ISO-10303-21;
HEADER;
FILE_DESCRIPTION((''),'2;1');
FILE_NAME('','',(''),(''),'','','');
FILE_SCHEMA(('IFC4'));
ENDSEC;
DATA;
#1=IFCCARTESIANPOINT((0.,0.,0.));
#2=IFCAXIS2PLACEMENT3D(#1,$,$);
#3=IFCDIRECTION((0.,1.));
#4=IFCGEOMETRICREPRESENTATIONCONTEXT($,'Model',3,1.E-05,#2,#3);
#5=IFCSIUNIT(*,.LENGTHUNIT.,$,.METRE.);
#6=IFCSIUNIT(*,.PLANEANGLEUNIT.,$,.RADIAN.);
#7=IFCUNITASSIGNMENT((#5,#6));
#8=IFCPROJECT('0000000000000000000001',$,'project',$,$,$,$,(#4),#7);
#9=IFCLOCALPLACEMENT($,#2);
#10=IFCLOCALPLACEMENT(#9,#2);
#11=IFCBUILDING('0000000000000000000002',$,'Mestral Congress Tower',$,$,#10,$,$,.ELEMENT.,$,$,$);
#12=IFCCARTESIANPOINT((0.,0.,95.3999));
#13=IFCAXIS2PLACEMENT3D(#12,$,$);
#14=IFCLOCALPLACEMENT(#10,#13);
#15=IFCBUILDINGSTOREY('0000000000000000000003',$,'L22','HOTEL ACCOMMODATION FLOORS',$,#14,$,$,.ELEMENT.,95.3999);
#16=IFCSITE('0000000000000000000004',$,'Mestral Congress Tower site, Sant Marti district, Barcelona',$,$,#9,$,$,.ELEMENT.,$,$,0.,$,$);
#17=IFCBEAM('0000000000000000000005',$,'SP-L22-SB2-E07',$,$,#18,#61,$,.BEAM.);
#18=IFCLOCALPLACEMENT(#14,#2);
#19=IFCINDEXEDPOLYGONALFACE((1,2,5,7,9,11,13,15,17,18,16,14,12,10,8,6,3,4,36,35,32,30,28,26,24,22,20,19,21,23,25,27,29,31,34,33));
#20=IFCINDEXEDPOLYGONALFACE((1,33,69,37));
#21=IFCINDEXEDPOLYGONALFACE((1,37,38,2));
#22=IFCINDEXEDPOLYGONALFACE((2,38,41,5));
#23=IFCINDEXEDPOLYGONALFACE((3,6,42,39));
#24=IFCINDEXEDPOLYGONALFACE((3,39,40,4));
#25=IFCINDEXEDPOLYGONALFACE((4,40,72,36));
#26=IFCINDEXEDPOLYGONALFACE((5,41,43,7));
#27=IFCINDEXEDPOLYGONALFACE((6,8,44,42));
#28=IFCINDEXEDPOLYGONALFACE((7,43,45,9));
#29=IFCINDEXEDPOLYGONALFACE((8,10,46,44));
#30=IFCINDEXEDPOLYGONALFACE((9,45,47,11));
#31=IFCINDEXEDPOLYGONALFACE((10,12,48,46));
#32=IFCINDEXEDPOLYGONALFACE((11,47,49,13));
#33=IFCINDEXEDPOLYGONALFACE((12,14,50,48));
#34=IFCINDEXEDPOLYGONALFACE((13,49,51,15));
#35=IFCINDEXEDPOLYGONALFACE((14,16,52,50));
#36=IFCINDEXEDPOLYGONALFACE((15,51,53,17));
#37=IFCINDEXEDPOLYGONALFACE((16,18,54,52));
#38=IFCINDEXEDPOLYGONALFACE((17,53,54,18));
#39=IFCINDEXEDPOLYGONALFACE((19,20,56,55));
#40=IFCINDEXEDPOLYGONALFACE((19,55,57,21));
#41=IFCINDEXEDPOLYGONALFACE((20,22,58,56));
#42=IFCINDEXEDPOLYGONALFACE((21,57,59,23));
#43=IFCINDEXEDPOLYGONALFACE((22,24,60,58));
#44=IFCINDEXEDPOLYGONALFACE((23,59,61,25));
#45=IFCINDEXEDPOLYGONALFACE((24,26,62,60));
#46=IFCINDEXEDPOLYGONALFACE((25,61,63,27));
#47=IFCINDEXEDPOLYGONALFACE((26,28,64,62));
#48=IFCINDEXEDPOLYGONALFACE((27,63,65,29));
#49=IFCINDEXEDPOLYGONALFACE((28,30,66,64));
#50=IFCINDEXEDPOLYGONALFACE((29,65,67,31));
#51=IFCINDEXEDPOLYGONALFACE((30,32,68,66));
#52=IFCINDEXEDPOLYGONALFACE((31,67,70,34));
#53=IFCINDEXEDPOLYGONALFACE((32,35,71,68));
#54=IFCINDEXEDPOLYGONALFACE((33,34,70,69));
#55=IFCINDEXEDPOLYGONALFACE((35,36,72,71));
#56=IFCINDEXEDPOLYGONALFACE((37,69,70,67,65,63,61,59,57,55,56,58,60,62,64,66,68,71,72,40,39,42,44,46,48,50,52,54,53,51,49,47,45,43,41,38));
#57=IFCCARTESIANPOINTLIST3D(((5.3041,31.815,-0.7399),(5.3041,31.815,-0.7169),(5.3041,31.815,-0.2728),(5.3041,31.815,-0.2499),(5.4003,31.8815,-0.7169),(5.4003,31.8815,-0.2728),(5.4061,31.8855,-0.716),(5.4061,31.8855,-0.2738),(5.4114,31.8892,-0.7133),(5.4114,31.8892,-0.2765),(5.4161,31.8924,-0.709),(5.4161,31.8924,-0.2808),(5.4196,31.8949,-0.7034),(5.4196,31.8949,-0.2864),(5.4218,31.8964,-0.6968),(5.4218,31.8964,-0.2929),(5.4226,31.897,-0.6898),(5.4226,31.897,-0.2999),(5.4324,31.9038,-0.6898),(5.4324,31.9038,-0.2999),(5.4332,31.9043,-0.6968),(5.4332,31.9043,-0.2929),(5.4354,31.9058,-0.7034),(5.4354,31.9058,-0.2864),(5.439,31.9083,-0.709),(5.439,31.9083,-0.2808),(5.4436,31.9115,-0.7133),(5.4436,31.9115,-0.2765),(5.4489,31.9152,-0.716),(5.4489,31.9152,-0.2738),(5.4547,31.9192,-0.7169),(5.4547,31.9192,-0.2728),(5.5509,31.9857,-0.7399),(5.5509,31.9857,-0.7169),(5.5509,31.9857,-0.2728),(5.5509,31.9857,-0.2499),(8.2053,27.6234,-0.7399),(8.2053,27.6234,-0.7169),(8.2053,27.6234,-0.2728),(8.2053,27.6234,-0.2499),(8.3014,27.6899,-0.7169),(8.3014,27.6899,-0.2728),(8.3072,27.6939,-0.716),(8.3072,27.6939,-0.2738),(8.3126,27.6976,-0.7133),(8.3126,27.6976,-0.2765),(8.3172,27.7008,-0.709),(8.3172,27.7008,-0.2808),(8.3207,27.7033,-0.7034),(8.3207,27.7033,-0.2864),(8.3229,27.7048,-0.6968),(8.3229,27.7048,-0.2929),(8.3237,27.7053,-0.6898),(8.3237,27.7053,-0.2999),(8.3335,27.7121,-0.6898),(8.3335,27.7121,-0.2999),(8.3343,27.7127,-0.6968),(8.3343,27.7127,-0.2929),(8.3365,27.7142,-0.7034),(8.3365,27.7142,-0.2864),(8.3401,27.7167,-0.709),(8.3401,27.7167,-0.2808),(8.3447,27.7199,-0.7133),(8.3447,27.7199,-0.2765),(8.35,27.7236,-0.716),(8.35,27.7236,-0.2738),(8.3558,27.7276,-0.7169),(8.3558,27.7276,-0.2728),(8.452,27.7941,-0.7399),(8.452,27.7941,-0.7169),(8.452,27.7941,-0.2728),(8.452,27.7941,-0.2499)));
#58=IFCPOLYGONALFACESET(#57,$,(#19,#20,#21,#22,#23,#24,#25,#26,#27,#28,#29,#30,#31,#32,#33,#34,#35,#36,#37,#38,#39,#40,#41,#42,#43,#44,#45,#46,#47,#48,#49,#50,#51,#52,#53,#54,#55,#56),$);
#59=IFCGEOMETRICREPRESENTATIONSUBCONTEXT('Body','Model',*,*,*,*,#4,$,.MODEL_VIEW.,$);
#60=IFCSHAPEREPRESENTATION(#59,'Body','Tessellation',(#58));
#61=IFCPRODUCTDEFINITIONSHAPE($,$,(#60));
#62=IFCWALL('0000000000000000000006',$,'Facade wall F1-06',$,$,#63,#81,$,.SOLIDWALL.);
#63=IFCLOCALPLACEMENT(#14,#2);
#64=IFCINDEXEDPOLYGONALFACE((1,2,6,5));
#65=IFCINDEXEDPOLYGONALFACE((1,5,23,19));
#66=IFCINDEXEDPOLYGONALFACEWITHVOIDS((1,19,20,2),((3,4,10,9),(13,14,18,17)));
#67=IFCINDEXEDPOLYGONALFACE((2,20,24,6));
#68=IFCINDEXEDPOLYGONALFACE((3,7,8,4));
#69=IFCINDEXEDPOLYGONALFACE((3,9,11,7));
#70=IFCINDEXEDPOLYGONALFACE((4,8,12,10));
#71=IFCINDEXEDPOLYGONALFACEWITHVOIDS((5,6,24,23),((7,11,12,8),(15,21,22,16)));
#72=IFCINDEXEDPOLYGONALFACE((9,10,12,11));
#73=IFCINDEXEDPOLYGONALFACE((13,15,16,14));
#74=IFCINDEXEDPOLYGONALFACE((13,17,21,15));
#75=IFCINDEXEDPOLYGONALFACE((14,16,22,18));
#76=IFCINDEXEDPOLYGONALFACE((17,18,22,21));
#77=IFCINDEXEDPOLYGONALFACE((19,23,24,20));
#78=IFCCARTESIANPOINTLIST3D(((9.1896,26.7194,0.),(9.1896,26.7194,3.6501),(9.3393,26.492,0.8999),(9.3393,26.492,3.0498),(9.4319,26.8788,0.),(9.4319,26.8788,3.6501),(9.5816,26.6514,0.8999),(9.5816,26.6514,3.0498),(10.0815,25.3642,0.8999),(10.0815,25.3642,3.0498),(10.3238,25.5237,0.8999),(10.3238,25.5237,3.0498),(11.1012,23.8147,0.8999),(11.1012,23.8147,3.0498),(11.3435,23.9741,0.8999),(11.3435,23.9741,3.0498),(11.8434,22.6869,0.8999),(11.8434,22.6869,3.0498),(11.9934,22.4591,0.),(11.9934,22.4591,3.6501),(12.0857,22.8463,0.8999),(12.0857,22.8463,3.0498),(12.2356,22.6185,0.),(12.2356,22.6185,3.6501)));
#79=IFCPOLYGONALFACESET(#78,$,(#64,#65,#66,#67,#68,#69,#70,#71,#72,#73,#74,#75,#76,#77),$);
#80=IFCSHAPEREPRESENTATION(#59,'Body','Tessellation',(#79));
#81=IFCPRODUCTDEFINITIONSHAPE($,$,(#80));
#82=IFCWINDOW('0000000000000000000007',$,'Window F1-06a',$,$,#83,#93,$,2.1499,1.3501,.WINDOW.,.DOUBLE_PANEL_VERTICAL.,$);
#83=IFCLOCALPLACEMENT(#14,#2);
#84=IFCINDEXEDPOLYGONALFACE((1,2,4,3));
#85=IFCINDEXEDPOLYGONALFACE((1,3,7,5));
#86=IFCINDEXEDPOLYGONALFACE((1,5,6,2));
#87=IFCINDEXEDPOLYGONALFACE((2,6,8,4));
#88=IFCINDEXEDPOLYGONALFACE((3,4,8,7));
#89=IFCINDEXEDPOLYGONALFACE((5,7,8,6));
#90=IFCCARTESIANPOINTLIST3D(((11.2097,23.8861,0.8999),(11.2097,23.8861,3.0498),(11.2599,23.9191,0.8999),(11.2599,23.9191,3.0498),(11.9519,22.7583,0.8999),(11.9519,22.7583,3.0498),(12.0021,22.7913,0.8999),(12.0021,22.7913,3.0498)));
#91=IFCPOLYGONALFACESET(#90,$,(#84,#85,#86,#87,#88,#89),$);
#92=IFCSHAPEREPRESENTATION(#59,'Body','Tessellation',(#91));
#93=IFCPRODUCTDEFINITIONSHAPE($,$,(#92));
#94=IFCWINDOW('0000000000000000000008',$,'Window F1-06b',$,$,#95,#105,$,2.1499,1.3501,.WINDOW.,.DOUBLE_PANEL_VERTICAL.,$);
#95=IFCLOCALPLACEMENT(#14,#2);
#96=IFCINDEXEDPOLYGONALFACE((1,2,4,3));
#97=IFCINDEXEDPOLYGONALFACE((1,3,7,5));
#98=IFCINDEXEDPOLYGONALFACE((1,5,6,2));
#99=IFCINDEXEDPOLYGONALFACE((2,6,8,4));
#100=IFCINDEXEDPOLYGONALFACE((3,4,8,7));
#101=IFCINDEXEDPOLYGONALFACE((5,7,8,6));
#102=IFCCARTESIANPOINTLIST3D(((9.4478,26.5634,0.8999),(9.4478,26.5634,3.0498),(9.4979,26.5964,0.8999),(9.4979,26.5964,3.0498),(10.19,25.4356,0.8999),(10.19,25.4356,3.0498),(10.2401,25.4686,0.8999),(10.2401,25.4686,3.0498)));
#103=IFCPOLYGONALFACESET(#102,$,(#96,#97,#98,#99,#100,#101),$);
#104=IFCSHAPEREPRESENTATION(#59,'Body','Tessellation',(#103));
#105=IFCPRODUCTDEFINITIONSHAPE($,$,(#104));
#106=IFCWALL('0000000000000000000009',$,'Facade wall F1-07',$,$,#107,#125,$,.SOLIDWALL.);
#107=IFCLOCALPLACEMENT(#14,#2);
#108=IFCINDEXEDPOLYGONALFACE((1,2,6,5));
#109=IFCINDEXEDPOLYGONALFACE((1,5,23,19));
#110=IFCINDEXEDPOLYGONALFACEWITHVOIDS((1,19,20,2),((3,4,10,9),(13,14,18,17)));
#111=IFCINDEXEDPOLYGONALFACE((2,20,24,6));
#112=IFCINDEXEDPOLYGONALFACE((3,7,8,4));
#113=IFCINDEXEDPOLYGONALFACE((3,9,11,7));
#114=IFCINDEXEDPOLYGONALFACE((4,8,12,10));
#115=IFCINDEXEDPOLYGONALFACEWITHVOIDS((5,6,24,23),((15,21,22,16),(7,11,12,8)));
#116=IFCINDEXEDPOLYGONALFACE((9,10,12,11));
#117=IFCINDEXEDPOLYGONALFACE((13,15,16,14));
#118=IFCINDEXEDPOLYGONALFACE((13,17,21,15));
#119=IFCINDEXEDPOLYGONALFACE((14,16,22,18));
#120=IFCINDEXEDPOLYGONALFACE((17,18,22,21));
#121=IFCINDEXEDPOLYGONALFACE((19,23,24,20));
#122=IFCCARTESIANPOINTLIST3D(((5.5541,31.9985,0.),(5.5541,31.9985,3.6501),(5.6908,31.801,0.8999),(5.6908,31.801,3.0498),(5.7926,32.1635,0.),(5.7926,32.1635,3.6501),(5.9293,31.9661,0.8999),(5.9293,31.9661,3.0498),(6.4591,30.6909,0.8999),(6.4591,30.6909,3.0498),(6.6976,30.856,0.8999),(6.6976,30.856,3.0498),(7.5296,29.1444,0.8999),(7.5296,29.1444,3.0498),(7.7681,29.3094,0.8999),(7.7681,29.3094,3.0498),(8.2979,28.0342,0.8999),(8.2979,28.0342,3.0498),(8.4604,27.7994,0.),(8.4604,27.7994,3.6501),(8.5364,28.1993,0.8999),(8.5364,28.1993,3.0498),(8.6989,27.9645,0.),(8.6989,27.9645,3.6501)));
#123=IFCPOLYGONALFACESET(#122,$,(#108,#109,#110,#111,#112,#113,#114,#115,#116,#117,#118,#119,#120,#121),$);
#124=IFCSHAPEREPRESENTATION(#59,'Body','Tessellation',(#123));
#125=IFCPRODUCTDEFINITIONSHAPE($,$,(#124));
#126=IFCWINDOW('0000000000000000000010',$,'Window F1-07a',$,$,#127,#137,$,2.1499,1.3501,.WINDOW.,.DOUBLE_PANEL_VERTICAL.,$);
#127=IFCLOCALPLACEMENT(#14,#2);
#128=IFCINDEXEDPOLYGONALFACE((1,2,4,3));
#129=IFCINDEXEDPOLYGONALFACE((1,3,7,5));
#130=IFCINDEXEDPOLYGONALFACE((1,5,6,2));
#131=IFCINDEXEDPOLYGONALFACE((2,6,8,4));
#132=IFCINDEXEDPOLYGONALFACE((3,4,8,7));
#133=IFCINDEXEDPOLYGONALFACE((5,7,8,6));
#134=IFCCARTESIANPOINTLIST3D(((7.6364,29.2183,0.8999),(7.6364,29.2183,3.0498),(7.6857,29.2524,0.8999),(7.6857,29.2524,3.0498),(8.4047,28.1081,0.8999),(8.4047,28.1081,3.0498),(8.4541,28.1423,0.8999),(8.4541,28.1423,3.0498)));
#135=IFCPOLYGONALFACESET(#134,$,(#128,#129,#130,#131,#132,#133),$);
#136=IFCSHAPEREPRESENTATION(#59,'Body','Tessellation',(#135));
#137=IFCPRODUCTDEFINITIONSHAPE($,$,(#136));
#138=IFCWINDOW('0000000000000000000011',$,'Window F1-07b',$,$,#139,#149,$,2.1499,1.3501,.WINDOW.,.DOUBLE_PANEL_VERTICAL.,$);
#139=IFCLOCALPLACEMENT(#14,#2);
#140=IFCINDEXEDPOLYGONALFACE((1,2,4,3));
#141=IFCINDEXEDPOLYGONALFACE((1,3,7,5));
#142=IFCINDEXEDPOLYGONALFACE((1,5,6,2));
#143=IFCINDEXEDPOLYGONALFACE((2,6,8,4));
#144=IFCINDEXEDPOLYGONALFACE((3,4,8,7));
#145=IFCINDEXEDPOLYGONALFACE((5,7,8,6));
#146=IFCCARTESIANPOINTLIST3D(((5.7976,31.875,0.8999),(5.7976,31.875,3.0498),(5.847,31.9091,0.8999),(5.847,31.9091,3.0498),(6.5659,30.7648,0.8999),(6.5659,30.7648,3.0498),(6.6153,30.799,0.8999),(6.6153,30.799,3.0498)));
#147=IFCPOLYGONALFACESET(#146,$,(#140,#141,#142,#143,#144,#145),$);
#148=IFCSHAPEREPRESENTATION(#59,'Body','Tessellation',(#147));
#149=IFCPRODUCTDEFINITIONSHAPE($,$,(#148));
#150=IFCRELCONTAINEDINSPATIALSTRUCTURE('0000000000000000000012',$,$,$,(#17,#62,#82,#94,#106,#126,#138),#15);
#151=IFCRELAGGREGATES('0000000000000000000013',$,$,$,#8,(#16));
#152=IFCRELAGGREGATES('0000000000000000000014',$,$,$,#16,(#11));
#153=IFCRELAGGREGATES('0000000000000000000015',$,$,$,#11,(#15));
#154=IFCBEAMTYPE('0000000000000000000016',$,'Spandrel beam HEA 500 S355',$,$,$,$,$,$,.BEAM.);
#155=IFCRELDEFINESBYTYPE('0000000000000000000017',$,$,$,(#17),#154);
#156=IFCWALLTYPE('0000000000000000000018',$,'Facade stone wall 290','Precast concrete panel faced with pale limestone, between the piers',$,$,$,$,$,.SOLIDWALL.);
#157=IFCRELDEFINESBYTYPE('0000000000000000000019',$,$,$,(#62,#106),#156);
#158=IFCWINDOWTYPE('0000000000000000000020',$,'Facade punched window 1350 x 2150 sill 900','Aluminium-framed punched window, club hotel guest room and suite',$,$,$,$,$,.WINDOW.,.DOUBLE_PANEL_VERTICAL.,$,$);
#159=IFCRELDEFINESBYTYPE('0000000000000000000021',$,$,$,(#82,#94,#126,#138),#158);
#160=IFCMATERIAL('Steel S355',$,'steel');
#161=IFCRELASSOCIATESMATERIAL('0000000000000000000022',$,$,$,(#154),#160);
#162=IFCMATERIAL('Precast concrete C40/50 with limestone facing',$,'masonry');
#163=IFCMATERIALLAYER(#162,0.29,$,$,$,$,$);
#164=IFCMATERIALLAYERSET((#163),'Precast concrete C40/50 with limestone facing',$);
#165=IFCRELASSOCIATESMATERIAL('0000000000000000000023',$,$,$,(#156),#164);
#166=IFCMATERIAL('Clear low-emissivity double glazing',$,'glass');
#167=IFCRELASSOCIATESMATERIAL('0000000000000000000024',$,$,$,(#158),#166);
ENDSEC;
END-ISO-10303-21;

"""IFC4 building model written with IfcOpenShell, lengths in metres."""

from ifc_helpers import new_model, si_unit, direction, frame, frame_2d, origin, origin_2d, place, context, subcontext, project, spatial, rectangle, i_section, extrude, material, layer, layer_set, material_profile, profile_set, type_object, element, fill, save


model = new_model("IFC4")

# Units and contexts
model_context = context("Model", 3, precision=1e-05, world=origin(), true_north=direction((0.0, 1.0)))
body_context = subcontext(model_context, "Body", "Model", "MODEL_VIEW")
ifc_project = project(units=[si_unit("LENGTHUNIT", "METRE"), si_unit("PLANEANGLEUNIT", "RADIAN")], contexts=[model_context])

# Site, building, storey
site_placement = place(None, origin())
site = spatial("IfcSite", under=ifc_project, at=site_placement, Name="Mestral Congress Tower site, Sant Marti district, Barcelona", CompositionType="ELEMENT", RefElevation=0.0)
building_placement = place(site_placement, origin())
building = spatial("IfcBuilding", under=site, at=building_placement, Name="Mestral Congress Tower", CompositionType="ELEMENT")
storey_placement = place(building_placement, frame((0.0, 0.0, 95.3999)))
storey = spatial("IfcBuildingStorey", under=building, at=storey_placement, Name="L22", Description="HOTEL ACCOMMODATION FLOORS", CompositionType="ELEMENT", Elevation=95.3999)

# Beam
ifc_material_1 = material(Name="Steel S355", Category="steel")
ifc_material_profile_1 = material_profile(ifc_material_1, i_section(OverallWidth=0.3, OverallDepth=0.49, WebThickness=0.012, FlangeThickness=0.0229, FilletRadius=0.0271, at=origin_2d()), Name="HEA 500")
ifc_profile_set_1 = profile_set([ifc_material_profile_1], Name="Steel S355")
beam_type_1 = type_object("IfcBeamType", Name="Spandrel beam HEA 500 S355", PredefinedType="BEAM", material=ifc_profile_set_1)
beam_1_placement = place(storey_placement, frame((8.3286, 27.7087, -0.4949), z_axis=(-0.569105, 0.822265, 0.0), x_axis=(-0.822265, -0.569105, 0.0)))
element("IfcBeam", 1, at=beam_1_placement, inside=storey, type_object=beam_type_1, Name="SP-L22-SB2-E07", PredefinedType="BEAM", context=body_context, shape_type="SweptSolid", body=[
    extrude(i_section(OverallWidth=0.3, OverallDepth=0.49, WebThickness=0.012, FlangeThickness=0.0229, FilletRadius=0.0271, at=origin_2d()), origin(), (0.0, 0.0, 1.0), 5.0977),
])

# Walls, openings, windows
ifc_material_2 = material(Name="Precast concrete C40/50 with limestone facing", Category="masonry")
ifc_layer_1 = layer(ifc_material_2, 0.29)
ifc_layer_set_1 = layer_set([ifc_layer_1], Name="Precast concrete C40/50 with limestone facing")
wall_type_1 = type_object("IfcWallType", Name="Facade stone wall 290", Description="Precast concrete panel faced with pale limestone, between the piers", PredefinedType="SOLIDWALL", material=ifc_layer_set_1)
wall_1_placement = place(storey_placement, frame((12.1145, 22.5388, 0.0), z_axis=(0.0, 0.0, 1.0), x_axis=(-0.549741, 0.835335, 0.0)))
wall_1 = element("IfcWall", 2, at=wall_1_placement, inside=storey, type_object=wall_type_1, Name="Facade wall F1-06", PredefinedType="SOLIDWALL", context=body_context, shape_type="SweptSolid", body=[
    extrude(rectangle(XDim=5.1001, YDim=0.29, at=frame_2d((2.55, 0.0))), origin(), (0.0, 0.0, 1.0), 3.6501),
])
opening_1_placement = place(wall_1_placement, frame((0.2727, 0.0, 0.8999)))
opening_1 = element("IfcOpeningElement", 3, at=opening_1_placement, cuts=wall_1, PredefinedType="OPENING", context=body_context, shape_type="SweptSolid", body=[
    extrude(rectangle(XDim=1.3501, YDim=2.1499, at=frame_2d((0.675, 1.075))), frame((0.0, 0.155, 0.0), z_axis=(0.0, -1.0, 0.0), x_axis=(1.0, 0.0, 0.0)), (0.0, 0.0, 1.0), 0.3101),
])
opening_2_placement = place(wall_1_placement, frame((3.4778, 0.0, 0.8999)))
opening_2 = element("IfcOpeningElement", 4, at=opening_2_placement, cuts=wall_1, PredefinedType="OPENING", context=body_context, shape_type="SweptSolid", body=[
    extrude(rectangle(XDim=1.3501, YDim=2.1499, at=frame_2d((0.675, 1.075))), frame((0.0, 0.155, 0.0), z_axis=(0.0, -1.0, 0.0), x_axis=(1.0, 0.0, 0.0)), (0.0, 0.0, 1.0), 0.3101),
])
ifc_material_3 = material(Name="Clear low-emissivity double glazing", Category="glass")
window_type = type_object("IfcWindowType", Name="Facade punched window 1350 x 2150 sill 900", Description="Aluminium-framed punched window, club hotel guest room and suite", PartitioningType="DOUBLE_PANEL_VERTICAL", PredefinedType="WINDOW", material=ifc_material_3)
window_1_placement = place(opening_1_placement, origin())
window_1 = element("IfcWindow", 5, at=window_1_placement, inside=storey, type_object=window_type, Name="Window F1-06a", OverallHeight=2.1499, OverallWidth=1.3501, PartitioningType="DOUBLE_PANEL_VERTICAL", PredefinedType="WINDOW", context=body_context, shape_type="SweptSolid", body=[
    extrude(rectangle(XDim=1.3501, YDim=2.1499, at=frame_2d((0.675, 1.075))), frame((0.0, 0.0151, 0.0), z_axis=(0.0, -1.0, 0.0), x_axis=(1.0, 0.0, 0.0)), (0.0, 0.0, 1.0), 0.0601),
])
fill(opening_1, window_1)
window_2_placement = place(opening_2_placement, origin())
window_2 = element("IfcWindow", 6, at=window_2_placement, inside=storey, type_object=window_type, Name="Window F1-06b", OverallHeight=2.1499, OverallWidth=1.3501, PartitioningType="DOUBLE_PANEL_VERTICAL", PredefinedType="WINDOW", context=body_context, shape_type="SweptSolid", body=[
    extrude(rectangle(XDim=1.3501, YDim=2.1499, at=frame_2d((0.675, 1.075))), frame((0.0, 0.0151, 0.0), z_axis=(0.0, -1.0, 0.0), x_axis=(1.0, 0.0, 0.0)), (0.0, 0.0, 1.0), 0.0601),
])
fill(opening_2, window_2)
wall_2_placement = place(storey_placement, frame((8.5796, 27.8821, 0.0), z_axis=(0.0, 0.0, 1.0), x_axis=(-0.569113, 0.822259, 0.0)))
wall_2 = element("IfcWall", 7, at=wall_2_placement, inside=storey, type_object=wall_type_1, Name="Facade wall F1-07", PredefinedType="SOLIDWALL", context=body_context, shape_type="SweptSolid", body=[
    extrude(rectangle(XDim=5.1067, YDim=0.29, at=frame_2d((2.5532, 0.0))), origin(), (0.0, 0.0, 1.0), 3.6501),
])
opening_3_placement = place(wall_2_placement, frame((0.2854, 0.0, 0.8999)))
opening_3 = element("IfcOpeningElement", 8, at=opening_3_placement, cuts=wall_2, PredefinedType="OPENING", context=body_context, shape_type="SweptSolid", body=[
    extrude(rectangle(XDim=1.3501, YDim=2.1499, at=frame_2d((0.675, 1.075))), frame((0.0, 0.155, 0.0), z_axis=(0.0, -1.0, 0.0), x_axis=(1.0, 0.0, 0.0)), (0.0, 0.0, 1.0), 0.3101),
])
opening_4_placement = place(wall_2_placement, frame((3.5164, 0.0, 0.8999)))
opening_4 = element("IfcOpeningElement", 9, at=opening_4_placement, cuts=wall_2, PredefinedType="OPENING", context=body_context, shape_type="SweptSolid", body=[
    extrude(rectangle(XDim=1.3501, YDim=2.1499, at=frame_2d((0.675, 1.075))), frame((0.0, 0.155, 0.0), z_axis=(0.0, -1.0, 0.0), x_axis=(1.0, 0.0, 0.0)), (0.0, 0.0, 1.0), 0.3101),
])
window_3_placement = place(opening_3_placement, origin())
window_3 = element("IfcWindow", 10, at=window_3_placement, inside=storey, type_object=window_type, Name="Window F1-07a", OverallHeight=2.1499, OverallWidth=1.3501, PartitioningType="DOUBLE_PANEL_VERTICAL", PredefinedType="WINDOW", context=body_context, shape_type="SweptSolid", body=[
    extrude(rectangle(XDim=1.3501, YDim=2.1499, at=frame_2d((0.675, 1.075))), frame((0.0, 0.0151, 0.0), z_axis=(0.0, -1.0, 0.0), x_axis=(1.0, 0.0, 0.0)), (0.0, 0.0, 1.0), 0.0601),
])
fill(opening_3, window_3)
window_4_placement = place(opening_4_placement, origin())
window_4 = element("IfcWindow", 11, at=window_4_placement, inside=storey, type_object=window_type, Name="Window F1-07b", OverallHeight=2.1499, OverallWidth=1.3501, PartitioningType="DOUBLE_PANEL_VERTICAL", PredefinedType="WINDOW", context=body_context, shape_type="SweptSolid", body=[
    extrude(rectangle(XDim=1.3501, YDim=2.1499, at=frame_2d((0.675, 1.075))), frame((0.0, 0.0151, 0.0), z_axis=(0.0, -1.0, 0.0), x_axis=(1.0, 0.0, 0.0)), (0.0, 0.0, 1.0), 0.0601),
])
fill(opening_4, window_4)

save(model, "model.ifc")
